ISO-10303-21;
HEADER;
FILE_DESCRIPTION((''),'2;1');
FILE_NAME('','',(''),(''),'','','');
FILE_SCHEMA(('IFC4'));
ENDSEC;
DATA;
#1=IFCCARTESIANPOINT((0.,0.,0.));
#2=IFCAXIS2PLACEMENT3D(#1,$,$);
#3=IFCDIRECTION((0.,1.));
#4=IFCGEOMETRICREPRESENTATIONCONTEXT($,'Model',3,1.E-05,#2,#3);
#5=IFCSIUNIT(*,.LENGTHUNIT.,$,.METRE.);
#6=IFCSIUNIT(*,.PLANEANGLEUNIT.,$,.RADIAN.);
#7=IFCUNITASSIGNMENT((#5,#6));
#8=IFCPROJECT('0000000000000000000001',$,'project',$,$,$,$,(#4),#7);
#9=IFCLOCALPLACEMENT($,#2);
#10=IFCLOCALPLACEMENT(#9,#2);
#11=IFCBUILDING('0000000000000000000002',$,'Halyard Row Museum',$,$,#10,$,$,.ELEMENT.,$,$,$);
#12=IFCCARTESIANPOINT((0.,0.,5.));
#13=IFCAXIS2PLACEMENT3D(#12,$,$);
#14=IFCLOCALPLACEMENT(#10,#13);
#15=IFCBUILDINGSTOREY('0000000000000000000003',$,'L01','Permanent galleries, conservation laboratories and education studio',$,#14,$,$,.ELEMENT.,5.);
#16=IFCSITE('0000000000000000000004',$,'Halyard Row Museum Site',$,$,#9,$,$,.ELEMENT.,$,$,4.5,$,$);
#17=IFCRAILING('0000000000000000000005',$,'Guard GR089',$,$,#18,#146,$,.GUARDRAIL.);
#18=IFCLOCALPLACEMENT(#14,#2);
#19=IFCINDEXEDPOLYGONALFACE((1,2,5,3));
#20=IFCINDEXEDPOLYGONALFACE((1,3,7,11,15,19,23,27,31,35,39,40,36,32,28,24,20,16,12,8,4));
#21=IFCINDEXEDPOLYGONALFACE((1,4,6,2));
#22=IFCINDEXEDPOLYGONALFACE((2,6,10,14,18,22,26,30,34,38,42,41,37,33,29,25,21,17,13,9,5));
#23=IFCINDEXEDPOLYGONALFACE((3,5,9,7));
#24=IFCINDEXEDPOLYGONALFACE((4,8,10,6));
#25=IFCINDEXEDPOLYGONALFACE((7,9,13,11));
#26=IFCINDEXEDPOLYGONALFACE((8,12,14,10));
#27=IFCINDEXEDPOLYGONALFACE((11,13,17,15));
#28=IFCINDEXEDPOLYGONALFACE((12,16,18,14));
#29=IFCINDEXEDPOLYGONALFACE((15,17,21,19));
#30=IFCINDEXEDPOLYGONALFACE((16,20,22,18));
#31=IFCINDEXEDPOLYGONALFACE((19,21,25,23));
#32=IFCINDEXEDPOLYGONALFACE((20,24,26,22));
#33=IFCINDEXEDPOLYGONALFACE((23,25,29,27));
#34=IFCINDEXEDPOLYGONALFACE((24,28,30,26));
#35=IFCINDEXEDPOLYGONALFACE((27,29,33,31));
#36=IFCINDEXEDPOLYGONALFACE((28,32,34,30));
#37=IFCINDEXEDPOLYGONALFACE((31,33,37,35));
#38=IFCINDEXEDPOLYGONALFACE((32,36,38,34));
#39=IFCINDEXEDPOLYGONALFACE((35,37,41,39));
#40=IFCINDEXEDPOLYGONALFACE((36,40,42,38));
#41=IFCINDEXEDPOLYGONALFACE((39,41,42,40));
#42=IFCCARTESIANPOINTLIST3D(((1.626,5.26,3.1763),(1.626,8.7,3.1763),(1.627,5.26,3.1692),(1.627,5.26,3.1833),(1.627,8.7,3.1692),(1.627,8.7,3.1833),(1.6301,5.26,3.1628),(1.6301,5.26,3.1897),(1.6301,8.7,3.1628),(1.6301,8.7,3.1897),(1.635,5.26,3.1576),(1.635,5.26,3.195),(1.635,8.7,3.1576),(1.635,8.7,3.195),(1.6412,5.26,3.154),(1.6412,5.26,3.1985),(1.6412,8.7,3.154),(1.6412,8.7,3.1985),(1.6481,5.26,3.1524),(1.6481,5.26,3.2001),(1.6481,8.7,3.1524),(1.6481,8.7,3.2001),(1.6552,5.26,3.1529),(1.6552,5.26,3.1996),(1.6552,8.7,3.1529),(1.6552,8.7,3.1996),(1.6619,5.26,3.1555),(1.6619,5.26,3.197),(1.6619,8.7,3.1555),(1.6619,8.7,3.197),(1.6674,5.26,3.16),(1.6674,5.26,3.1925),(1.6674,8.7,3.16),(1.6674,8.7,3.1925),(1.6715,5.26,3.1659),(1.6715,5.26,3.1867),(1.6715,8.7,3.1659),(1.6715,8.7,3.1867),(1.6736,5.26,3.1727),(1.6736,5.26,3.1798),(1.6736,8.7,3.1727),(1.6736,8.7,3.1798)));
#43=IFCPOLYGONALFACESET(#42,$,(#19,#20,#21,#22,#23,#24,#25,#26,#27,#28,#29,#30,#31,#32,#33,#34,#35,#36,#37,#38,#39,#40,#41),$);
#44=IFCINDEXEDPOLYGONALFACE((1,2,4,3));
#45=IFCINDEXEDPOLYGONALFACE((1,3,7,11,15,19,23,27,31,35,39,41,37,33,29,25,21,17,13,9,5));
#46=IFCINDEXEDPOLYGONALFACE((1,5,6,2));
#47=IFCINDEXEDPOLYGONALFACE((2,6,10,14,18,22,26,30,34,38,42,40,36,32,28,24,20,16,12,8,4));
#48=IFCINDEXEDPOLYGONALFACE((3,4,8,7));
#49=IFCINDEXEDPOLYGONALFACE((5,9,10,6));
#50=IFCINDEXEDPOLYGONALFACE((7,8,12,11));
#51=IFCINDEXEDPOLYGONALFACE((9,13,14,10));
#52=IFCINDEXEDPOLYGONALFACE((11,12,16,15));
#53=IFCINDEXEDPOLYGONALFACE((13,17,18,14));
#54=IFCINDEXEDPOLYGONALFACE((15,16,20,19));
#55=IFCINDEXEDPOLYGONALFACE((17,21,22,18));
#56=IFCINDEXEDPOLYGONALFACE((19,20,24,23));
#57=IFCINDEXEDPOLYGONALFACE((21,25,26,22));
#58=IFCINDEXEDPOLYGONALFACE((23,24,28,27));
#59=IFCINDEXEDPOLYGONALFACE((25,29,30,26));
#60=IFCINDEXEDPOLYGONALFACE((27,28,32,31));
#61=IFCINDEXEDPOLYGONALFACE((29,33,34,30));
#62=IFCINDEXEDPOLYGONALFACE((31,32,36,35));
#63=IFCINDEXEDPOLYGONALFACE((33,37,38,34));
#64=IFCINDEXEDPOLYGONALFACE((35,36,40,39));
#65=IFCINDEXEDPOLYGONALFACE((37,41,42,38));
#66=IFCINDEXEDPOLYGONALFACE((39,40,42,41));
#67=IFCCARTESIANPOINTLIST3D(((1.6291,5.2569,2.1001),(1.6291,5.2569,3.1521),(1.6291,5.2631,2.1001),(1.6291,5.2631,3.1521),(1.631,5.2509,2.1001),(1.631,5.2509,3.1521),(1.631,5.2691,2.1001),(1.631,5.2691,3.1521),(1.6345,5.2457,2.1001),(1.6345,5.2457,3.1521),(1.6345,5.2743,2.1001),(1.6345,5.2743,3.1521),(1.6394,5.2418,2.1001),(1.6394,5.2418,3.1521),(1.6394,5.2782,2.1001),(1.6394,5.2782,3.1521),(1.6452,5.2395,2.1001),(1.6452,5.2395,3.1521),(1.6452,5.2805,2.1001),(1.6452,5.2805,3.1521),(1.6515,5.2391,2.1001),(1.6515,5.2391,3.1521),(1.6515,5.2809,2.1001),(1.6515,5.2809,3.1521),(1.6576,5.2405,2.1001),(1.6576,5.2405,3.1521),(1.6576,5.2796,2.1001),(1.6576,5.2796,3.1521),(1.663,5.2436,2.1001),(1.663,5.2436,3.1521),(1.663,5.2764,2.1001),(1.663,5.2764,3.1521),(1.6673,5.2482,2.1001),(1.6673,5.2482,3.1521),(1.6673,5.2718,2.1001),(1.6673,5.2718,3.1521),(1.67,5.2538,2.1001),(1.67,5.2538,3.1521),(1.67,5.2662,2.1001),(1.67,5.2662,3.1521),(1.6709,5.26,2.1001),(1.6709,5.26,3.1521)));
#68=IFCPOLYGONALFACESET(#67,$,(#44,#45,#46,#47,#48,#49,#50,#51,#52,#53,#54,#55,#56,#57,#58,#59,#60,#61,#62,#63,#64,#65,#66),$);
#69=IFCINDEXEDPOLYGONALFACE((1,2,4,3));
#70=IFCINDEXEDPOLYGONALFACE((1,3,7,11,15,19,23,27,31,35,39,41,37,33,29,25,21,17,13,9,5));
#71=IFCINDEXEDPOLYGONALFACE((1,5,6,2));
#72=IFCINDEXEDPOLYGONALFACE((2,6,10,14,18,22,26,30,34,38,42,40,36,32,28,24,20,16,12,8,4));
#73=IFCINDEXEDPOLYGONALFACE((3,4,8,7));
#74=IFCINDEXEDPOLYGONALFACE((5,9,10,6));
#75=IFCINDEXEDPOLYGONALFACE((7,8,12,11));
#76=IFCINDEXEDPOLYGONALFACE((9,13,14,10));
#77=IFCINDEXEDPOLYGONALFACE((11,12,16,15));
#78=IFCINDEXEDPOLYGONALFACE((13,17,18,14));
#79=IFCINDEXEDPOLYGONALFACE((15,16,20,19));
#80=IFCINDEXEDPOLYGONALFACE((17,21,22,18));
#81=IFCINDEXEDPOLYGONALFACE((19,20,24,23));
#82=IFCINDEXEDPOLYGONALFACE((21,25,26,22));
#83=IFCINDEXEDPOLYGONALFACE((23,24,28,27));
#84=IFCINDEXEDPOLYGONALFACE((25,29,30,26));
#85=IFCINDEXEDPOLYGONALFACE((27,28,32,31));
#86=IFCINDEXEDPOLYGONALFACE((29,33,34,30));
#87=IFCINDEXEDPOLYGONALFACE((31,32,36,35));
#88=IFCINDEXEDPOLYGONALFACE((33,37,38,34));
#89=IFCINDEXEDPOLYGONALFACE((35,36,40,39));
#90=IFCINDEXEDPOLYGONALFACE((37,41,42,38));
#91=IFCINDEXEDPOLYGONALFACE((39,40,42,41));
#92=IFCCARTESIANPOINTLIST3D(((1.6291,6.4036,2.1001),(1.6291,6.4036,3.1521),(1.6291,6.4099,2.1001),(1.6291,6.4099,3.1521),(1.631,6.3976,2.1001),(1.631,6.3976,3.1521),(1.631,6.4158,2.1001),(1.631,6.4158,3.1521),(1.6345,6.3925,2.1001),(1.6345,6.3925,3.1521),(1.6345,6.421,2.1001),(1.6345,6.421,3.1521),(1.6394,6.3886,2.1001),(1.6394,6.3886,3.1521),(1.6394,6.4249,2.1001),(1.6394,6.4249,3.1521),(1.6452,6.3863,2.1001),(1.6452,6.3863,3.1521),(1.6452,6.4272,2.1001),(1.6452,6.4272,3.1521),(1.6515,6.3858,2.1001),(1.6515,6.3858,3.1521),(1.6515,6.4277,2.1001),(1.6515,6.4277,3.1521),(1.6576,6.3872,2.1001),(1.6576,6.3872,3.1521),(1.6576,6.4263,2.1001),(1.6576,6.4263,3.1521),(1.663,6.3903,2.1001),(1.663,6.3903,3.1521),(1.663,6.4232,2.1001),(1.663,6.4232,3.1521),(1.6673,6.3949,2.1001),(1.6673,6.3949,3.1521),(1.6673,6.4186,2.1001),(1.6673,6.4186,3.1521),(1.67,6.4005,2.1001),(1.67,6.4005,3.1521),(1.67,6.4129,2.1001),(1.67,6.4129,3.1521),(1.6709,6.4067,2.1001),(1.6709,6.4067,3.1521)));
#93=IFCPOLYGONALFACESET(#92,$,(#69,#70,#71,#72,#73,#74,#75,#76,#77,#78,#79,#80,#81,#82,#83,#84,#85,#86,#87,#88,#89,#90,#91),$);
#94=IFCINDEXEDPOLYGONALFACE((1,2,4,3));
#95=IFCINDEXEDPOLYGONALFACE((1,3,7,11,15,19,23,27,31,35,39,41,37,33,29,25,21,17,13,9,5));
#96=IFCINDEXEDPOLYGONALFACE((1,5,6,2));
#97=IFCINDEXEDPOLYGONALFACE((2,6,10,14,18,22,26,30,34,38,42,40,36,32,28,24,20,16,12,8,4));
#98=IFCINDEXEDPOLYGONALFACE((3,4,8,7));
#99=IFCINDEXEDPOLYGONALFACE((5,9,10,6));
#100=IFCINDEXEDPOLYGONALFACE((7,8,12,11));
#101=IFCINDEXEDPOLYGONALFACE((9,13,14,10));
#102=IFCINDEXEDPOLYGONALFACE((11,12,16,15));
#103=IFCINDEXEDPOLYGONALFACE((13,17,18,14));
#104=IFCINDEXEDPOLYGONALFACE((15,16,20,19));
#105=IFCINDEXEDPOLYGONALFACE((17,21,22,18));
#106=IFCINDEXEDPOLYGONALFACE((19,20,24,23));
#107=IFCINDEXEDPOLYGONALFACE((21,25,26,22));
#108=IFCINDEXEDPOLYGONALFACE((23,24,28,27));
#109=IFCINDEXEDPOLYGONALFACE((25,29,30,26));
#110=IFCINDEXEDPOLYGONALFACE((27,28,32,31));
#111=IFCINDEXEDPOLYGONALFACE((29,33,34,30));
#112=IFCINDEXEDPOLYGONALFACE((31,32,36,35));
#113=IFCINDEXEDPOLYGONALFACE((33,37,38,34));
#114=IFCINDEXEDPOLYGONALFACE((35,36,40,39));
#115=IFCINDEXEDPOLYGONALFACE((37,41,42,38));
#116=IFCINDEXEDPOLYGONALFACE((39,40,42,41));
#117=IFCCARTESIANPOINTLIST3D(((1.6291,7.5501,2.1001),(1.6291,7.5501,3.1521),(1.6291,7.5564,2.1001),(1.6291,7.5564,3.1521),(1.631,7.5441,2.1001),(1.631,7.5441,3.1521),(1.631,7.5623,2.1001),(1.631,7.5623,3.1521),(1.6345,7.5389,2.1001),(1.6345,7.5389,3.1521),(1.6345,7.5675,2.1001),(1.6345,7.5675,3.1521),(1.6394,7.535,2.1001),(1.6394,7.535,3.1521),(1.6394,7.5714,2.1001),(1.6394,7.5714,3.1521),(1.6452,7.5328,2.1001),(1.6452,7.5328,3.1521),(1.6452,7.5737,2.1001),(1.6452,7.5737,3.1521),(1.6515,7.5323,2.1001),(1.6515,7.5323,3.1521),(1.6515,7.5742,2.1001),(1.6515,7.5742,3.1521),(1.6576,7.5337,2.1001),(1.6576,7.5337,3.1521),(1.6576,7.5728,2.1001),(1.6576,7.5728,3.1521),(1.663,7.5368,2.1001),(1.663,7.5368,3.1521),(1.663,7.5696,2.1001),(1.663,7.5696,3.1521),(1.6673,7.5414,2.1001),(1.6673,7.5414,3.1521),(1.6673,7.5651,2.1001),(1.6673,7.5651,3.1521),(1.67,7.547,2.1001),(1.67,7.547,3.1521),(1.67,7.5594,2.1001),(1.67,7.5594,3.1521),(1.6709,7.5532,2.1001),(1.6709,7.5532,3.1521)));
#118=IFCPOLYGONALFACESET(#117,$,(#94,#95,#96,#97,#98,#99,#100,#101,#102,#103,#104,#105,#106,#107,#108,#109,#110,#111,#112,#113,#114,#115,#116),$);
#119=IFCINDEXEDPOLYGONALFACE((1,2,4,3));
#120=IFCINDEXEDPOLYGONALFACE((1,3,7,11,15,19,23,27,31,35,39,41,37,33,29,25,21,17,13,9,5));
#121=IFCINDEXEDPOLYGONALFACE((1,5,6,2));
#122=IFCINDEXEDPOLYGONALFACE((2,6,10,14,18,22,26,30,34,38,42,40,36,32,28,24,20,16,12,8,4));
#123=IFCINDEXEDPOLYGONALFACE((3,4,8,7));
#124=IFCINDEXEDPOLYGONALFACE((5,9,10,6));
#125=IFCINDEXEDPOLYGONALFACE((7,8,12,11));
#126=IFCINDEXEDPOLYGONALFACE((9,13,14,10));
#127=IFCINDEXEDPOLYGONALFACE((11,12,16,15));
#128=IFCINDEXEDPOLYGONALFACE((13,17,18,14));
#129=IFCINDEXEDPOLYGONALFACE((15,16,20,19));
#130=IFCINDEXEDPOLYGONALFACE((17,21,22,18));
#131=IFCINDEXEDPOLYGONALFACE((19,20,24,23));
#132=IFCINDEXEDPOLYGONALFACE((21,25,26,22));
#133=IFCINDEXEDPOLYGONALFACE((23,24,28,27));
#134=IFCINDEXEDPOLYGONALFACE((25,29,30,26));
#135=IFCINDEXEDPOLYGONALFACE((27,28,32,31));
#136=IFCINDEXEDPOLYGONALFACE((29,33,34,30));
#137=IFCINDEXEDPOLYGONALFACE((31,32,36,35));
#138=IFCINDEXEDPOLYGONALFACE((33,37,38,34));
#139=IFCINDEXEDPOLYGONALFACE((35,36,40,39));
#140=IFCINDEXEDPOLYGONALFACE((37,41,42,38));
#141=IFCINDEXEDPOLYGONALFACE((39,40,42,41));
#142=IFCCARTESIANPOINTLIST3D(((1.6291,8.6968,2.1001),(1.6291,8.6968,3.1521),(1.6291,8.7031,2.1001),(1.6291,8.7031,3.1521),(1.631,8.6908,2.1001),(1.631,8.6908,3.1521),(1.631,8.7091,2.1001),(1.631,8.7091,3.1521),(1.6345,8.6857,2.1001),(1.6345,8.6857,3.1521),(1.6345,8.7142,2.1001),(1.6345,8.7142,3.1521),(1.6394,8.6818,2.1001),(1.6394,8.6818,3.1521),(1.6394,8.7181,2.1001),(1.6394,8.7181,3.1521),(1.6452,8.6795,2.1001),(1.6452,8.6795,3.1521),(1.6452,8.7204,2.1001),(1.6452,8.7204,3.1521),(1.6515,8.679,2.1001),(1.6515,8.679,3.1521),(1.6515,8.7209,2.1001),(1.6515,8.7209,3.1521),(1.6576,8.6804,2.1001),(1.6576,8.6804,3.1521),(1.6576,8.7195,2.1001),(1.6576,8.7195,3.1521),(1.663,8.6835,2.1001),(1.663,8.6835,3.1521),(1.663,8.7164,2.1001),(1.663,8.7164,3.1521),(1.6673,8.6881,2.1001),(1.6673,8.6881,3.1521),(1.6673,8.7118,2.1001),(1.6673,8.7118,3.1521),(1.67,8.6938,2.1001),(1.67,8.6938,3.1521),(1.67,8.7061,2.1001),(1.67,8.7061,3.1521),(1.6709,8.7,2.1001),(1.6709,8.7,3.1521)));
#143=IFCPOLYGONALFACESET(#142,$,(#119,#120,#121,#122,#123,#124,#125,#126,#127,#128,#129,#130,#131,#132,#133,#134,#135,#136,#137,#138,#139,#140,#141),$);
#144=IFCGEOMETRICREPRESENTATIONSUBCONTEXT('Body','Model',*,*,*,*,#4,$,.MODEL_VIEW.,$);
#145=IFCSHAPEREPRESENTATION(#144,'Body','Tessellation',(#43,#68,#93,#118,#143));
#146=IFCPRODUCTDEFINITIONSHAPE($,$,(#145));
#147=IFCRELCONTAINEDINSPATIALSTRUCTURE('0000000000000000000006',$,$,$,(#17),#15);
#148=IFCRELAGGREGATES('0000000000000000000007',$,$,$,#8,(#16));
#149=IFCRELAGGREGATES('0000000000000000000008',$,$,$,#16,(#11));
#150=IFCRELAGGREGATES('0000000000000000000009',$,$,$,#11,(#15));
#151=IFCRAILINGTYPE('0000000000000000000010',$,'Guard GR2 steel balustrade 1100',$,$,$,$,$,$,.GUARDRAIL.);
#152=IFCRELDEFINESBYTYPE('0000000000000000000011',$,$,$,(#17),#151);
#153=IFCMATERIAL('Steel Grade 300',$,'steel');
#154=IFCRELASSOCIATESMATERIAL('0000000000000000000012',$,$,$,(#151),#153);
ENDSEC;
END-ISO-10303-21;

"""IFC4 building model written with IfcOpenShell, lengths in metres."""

from ifc_helpers import new_model, si_unit, direction, frame, origin, origin_2d, place, context, subcontext, project, spatial, circle, extrude, material, type_object, element, save


model = new_model("IFC4")

# Units and contexts
model_context = context("Model", 3, precision=1e-05, world=origin(), true_north=direction((0.0, 1.0)))
body_context = subcontext(model_context, "Body", "Model", "MODEL_VIEW")
ifc_project = project(units=[si_unit("LENGTHUNIT", "METRE"), si_unit("PLANEANGLEUNIT", "RADIAN")], contexts=[model_context])

# Site, building, storey
site_placement = place(None, origin())
site = spatial("IfcSite", under=ifc_project, at=site_placement, Name="Halyard Row Museum Site", CompositionType="ELEMENT", RefElevation=4.5)
building_placement = place(site_placement, origin())
building = spatial("IfcBuilding", under=site, at=building_placement, Name="Halyard Row Museum", CompositionType="ELEMENT")
storey_placement = place(building_placement, frame((0.0, 0.0, 5.0)))
storey = spatial("IfcBuildingStorey", under=building, at=storey_placement, Name="L01", Description="Permanent galleries, conservation laboratories and education studio", CompositionType="ELEMENT", Elevation=5.0)

# Railing
ifc_material_1 = material(Name="Steel Grade 300", Category="steel")
railing_type_1 = type_object("IfcRailingType", Name="Guard GR2 steel balustrade 1100", PredefinedType="GUARDRAIL", material=ifc_material_1)
railing_1_placement = place(storey_placement, frame((1.6499, 5.26, 2.1001)))
element("IfcRailing", 1, at=railing_1_placement, inside=storey, type_object=railing_type_1, Name="Guard GR089", PredefinedType="GUARDRAIL", context=body_context, shape_type="SweptSolid", body=[
    extrude(circle(Radius=0.0239, at=origin_2d()), frame((0.0, 0.0, 1.0762), z_axis=(0.0, 1.0, 0.0), x_axis=(-1.0, 0.0, 0.0)), (0.0, 0.0, 1.0), 3.4399),
    extrude(circle(Radius=0.021, at=origin_2d()), origin(), (0.0, 0.0, 1.0), 1.052),
    extrude(circle(Radius=0.021, at=origin_2d()), frame((0.0, 1.1467, 0.0)), (0.0, 0.0, 1.0), 1.052),
    extrude(circle(Radius=0.021, at=origin_2d()), frame((0.0, 2.2932, 0.0)), (0.0, 0.0, 1.0), 1.052),
    extrude(circle(Radius=0.021, at=origin_2d()), frame((0.0, 3.4399, 0.0)), (0.0, 0.0, 1.0), 1.052),
])

save(model, "model.ifc")
